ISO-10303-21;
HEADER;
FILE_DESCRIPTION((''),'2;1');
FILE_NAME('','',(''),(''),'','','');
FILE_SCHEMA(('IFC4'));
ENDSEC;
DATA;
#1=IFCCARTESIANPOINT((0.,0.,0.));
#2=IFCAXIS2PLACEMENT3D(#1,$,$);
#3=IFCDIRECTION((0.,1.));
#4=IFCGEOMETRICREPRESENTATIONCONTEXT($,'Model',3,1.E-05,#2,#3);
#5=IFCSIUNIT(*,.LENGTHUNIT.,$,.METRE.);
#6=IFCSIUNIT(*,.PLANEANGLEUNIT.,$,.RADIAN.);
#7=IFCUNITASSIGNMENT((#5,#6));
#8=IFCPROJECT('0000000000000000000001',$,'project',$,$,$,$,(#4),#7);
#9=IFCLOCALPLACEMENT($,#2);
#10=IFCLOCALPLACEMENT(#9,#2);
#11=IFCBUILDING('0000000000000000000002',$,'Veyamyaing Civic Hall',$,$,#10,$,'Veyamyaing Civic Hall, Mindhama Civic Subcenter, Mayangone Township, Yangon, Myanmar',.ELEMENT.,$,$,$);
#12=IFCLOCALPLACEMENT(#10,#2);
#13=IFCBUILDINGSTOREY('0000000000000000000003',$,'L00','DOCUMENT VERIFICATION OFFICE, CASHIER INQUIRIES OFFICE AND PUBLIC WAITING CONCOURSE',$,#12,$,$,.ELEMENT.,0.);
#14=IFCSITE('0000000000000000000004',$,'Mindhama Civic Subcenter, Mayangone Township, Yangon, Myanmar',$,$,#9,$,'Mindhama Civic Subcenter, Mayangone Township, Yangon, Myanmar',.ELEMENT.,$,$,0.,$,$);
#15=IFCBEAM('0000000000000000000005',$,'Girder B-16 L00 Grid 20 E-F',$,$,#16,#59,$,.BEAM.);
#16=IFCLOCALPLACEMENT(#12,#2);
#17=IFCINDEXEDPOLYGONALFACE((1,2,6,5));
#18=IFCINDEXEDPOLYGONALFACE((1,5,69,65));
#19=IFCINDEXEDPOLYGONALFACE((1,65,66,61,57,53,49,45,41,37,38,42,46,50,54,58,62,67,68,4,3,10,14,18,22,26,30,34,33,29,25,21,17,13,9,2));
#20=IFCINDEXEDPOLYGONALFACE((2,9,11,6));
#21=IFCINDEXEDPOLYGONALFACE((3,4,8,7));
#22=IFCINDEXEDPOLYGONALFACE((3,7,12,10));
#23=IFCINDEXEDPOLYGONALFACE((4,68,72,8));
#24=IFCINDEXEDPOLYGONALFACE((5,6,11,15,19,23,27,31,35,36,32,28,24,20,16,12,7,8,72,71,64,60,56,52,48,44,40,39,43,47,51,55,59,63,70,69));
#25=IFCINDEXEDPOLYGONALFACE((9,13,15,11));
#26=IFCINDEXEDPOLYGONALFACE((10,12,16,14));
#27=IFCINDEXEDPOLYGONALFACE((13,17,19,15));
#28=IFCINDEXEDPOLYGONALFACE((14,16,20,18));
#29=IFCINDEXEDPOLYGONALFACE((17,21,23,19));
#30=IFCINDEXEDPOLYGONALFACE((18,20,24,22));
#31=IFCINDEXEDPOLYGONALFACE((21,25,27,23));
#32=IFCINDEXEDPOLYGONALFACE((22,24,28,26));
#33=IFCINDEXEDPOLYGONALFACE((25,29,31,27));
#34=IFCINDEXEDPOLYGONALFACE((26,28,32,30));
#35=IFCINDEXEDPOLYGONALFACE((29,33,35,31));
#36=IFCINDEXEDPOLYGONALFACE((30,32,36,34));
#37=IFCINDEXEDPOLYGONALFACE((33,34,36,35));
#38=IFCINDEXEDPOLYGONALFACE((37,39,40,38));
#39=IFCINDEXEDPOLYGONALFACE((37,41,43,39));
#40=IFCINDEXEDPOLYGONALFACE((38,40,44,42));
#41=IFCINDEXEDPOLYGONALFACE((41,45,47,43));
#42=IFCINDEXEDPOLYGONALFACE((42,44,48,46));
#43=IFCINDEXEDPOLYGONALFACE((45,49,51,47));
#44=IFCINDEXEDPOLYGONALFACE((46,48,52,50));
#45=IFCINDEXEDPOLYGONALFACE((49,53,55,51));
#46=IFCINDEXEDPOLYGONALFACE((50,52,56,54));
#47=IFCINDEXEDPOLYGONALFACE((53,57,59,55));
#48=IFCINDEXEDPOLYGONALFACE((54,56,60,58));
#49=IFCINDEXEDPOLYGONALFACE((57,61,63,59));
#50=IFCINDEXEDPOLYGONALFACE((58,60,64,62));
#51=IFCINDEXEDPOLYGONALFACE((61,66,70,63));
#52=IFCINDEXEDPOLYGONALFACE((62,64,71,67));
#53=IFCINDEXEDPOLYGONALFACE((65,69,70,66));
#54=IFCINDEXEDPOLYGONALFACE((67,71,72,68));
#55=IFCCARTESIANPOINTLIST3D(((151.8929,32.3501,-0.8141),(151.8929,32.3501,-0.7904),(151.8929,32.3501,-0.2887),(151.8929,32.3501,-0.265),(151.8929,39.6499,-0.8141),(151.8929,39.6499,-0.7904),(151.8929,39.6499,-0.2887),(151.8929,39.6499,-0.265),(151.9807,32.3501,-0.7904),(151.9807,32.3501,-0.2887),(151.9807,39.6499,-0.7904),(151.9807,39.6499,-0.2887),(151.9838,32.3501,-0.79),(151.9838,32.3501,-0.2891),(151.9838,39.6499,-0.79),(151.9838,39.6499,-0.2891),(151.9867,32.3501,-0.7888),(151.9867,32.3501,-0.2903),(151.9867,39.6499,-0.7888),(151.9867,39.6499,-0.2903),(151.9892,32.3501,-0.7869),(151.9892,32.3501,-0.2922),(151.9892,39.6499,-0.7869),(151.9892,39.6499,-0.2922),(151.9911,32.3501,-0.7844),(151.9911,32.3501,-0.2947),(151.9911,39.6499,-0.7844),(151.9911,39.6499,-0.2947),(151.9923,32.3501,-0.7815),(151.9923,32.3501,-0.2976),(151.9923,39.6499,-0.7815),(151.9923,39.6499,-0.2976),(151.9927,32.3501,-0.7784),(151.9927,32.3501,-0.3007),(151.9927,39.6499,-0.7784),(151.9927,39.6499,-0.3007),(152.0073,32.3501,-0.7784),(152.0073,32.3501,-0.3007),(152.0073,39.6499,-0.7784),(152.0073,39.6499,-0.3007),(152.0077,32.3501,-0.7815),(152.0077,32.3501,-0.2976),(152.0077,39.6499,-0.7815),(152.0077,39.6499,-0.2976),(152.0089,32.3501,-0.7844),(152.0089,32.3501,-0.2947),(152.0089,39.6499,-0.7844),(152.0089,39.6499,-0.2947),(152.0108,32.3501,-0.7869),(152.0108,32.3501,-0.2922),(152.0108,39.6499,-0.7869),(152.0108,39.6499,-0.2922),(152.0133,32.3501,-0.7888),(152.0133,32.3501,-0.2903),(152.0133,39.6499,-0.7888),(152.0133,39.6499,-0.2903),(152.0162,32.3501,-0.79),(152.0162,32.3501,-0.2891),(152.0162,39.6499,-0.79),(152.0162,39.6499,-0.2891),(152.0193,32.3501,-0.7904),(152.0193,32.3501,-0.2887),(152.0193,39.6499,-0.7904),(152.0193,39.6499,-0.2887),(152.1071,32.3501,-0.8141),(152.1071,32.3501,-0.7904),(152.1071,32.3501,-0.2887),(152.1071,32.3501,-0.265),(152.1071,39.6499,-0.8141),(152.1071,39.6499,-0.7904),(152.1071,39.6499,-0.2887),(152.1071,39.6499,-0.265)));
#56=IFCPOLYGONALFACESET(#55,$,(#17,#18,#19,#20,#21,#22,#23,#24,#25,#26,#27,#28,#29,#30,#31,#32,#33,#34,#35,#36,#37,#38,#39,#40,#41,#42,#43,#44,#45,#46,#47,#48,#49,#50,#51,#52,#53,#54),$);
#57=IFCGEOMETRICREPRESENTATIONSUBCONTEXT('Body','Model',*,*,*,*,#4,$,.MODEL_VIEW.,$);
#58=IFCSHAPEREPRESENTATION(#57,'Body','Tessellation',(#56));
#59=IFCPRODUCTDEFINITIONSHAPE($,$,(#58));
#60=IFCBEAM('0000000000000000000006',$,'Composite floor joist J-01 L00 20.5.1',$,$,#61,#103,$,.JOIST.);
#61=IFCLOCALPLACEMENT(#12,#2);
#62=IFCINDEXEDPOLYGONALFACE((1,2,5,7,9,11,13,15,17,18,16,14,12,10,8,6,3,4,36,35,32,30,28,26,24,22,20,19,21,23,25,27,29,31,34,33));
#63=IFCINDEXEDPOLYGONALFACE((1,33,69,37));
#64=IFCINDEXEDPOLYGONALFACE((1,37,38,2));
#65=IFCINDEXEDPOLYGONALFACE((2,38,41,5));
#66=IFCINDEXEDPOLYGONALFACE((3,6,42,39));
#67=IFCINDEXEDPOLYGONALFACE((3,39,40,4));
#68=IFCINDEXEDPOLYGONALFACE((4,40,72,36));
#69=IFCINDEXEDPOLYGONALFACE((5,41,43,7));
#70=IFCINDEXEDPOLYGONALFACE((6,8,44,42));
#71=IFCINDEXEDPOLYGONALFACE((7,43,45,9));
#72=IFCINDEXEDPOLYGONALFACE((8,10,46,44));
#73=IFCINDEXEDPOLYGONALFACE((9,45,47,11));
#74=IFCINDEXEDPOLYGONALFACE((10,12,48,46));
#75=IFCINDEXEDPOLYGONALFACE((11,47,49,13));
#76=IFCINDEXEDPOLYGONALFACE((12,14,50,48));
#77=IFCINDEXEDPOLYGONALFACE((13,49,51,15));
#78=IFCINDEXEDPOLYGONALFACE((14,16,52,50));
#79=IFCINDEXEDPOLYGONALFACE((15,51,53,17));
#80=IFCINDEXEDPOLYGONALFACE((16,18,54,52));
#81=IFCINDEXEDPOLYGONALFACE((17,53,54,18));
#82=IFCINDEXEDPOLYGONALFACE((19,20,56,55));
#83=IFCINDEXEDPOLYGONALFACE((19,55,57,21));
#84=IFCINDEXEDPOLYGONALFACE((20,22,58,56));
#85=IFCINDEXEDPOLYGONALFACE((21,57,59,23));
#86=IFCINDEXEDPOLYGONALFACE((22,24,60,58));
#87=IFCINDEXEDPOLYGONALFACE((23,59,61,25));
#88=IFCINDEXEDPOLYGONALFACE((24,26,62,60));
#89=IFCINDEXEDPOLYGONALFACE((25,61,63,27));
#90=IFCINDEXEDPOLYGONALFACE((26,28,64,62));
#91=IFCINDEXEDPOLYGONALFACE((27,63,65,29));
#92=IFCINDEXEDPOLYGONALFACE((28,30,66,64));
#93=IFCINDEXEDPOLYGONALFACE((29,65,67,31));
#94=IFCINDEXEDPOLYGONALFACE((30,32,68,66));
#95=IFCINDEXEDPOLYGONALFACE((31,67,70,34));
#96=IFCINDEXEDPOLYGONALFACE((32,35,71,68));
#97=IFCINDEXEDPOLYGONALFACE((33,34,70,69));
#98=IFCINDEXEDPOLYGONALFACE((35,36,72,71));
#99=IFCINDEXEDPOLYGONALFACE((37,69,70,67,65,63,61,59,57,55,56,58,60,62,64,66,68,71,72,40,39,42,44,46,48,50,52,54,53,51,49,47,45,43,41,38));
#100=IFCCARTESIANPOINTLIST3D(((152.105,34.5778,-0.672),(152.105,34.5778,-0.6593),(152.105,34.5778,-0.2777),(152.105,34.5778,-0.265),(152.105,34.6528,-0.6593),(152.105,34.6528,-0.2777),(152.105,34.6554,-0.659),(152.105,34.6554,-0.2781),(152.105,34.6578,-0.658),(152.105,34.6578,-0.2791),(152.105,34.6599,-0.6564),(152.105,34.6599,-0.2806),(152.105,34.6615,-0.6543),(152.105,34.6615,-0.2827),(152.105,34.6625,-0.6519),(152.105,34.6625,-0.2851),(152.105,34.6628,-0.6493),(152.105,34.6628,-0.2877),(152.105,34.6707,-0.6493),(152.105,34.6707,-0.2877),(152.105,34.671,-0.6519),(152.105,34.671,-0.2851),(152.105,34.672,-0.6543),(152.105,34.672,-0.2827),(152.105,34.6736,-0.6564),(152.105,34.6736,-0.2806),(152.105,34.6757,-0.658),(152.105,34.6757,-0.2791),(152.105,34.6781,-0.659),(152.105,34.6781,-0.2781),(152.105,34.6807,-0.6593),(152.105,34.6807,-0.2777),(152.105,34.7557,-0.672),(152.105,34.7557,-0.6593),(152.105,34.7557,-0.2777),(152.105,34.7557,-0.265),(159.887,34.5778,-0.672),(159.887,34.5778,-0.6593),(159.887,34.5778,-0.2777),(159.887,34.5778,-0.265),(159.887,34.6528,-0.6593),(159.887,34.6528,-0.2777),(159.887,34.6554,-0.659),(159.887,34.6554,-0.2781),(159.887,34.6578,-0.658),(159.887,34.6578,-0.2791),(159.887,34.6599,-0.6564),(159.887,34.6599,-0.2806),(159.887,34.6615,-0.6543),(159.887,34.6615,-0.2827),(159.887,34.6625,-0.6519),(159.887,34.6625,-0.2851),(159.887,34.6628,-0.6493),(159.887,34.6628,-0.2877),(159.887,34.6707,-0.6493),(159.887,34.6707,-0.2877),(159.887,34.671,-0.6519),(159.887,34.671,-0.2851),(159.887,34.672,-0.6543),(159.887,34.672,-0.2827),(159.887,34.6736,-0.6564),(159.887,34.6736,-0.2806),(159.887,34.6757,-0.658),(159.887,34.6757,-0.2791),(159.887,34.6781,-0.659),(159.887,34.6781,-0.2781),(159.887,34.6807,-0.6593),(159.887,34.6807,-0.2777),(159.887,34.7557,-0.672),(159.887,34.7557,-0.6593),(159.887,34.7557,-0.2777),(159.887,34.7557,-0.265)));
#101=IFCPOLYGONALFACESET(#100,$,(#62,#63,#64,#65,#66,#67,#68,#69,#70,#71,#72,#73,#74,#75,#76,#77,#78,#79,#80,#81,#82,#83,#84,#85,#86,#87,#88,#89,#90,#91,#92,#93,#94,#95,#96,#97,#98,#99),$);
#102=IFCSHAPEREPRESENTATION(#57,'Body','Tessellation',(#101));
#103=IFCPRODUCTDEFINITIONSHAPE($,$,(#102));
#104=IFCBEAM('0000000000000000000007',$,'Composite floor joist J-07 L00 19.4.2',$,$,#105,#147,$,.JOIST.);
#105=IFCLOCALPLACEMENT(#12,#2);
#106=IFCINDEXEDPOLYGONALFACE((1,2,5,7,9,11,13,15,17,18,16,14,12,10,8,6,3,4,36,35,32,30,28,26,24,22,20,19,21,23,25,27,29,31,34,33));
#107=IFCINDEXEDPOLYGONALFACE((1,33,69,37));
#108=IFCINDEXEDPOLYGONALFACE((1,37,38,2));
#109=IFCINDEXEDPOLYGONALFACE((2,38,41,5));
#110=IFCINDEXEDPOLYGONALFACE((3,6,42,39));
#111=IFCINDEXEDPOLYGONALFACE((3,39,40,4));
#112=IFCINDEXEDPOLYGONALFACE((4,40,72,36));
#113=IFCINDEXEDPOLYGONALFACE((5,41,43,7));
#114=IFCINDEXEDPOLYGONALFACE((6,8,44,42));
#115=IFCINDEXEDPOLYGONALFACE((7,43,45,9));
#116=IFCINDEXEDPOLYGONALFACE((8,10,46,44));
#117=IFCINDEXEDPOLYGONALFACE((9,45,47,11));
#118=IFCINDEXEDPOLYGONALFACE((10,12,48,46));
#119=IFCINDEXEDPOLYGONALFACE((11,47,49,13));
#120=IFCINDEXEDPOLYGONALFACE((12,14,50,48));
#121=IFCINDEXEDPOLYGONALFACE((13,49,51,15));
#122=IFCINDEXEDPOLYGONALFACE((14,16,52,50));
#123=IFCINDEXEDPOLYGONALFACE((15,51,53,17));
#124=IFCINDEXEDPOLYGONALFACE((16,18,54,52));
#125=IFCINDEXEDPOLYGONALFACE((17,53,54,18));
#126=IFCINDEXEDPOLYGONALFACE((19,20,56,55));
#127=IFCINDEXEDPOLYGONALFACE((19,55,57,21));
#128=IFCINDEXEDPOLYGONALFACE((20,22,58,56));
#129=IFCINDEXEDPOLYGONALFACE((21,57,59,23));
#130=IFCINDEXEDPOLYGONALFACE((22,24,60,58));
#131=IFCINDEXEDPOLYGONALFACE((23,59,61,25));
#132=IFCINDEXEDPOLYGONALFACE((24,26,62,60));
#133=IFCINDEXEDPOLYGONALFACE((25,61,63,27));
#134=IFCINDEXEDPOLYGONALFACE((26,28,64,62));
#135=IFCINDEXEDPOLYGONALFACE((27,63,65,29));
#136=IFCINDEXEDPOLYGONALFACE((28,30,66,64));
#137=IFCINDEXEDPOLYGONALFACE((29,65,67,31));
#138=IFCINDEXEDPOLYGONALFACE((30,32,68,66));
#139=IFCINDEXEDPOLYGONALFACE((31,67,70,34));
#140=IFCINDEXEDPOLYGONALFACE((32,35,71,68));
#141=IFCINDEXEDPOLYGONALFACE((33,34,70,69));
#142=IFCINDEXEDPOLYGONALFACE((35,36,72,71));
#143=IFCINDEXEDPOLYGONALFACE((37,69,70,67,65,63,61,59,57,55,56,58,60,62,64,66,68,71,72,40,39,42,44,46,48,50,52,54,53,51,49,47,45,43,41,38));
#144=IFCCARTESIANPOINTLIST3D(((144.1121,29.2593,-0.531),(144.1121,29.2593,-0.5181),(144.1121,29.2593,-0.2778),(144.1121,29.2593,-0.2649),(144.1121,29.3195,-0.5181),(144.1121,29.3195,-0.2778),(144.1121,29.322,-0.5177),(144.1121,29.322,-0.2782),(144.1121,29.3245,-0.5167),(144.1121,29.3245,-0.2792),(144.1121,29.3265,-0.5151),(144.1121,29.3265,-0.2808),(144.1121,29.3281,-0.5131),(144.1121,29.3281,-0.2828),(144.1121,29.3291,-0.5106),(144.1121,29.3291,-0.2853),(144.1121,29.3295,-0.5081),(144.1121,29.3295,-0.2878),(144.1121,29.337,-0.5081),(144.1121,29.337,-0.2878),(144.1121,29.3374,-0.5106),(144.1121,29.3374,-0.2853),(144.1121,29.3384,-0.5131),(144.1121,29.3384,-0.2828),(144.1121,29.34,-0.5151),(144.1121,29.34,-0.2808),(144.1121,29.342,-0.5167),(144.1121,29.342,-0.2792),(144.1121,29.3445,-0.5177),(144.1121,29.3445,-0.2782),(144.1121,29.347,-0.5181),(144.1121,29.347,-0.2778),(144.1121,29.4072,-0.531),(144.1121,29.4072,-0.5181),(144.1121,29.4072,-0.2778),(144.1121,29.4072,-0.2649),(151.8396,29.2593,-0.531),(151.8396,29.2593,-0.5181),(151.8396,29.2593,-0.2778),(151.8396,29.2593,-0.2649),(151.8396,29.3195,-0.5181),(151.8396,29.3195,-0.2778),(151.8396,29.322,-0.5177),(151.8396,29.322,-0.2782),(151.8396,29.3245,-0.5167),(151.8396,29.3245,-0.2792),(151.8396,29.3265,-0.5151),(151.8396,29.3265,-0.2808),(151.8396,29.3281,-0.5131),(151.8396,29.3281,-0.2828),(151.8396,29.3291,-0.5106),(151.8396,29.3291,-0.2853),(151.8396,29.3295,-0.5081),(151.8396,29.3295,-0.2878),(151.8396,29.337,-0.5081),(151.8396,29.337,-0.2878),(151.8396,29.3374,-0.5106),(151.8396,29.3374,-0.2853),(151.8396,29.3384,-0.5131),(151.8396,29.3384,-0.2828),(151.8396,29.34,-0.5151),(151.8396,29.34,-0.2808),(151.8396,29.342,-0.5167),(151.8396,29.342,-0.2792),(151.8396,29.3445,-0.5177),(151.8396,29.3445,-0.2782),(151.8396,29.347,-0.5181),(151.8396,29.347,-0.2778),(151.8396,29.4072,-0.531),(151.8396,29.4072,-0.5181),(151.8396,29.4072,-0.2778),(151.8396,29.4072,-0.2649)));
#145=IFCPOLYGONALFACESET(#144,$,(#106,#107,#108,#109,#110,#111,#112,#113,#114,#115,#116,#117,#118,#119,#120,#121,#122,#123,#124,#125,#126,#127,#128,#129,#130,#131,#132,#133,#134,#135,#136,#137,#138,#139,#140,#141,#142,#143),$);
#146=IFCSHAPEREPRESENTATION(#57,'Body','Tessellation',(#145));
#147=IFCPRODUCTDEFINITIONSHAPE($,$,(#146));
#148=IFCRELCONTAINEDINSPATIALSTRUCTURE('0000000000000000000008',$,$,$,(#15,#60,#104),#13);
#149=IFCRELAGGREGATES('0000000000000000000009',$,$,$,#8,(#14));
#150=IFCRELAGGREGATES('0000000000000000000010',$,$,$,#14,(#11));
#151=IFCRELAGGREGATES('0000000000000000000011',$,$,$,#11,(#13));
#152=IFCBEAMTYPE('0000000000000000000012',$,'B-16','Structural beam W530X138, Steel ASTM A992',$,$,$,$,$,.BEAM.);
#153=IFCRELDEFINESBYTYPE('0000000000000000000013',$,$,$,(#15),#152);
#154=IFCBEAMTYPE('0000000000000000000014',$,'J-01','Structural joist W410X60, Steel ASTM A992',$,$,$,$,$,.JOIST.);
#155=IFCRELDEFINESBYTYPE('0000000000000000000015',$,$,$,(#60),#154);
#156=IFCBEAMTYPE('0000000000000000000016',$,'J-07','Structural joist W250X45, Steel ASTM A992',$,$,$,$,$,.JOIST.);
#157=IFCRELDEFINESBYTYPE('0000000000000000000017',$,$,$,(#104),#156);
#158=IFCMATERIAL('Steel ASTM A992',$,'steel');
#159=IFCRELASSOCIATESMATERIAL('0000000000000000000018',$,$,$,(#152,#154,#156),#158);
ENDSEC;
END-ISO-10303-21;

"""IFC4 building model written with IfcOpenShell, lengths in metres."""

from ifc_helpers import new_model, si_unit, direction, frame, origin, origin_2d, place, context, subcontext, project, spatial, i_section, extrude, material, material_profile, profile_set, type_object, element, save


model = new_model("IFC4")

# Units and contexts
model_context = context("Model", 3, precision=1e-05, world=origin(), true_north=direction((0.0, 1.0)))
body_context = subcontext(model_context, "Body", "Model", "MODEL_VIEW")
ifc_project = project(units=[si_unit("LENGTHUNIT", "METRE"), si_unit("PLANEANGLEUNIT", "RADIAN")], contexts=[model_context])

# Site, building, storey
site_placement = place(None, origin())
site = spatial("IfcSite", under=ifc_project, at=site_placement, Name="Mindhama Civic Subcenter, Mayangone Township, Yangon, Myanmar", LongName="Mindhama Civic Subcenter, Mayangone Township, Yangon, Myanmar", CompositionType="ELEMENT", RefElevation=0.0)
building_placement = place(site_placement, origin())
building = spatial("IfcBuilding", under=site, at=building_placement, Name="Veyamyaing Civic Hall", LongName="Veyamyaing Civic Hall, Mindhama Civic Subcenter, Mayangone Township, Yangon, Myanmar", CompositionType="ELEMENT")
storey_placement = place(building_placement, origin())
storey = spatial("IfcBuildingStorey", under=building, at=storey_placement, Name="L00", Description="DOCUMENT VERIFICATION OFFICE, CASHIER INQUIRIES OFFICE AND PUBLIC WAITING CONCOURSE", CompositionType="ELEMENT", Elevation=0.0)

# Beams
ifc_material_1 = material(Name="Steel ASTM A992", Category="steel")
ifc_material_profile_1 = material_profile(ifc_material_1, i_section(OverallWidth=0.2141, OverallDepth=0.5491, WebThickness=0.0146, FlangeThickness=0.0237, FilletRadius=0.012, at=origin_2d()), Name="W530X138")
ifc_profile_set_1 = profile_set([ifc_material_profile_1], Name="Steel ASTM A992")
beam_type_1 = type_object("IfcBeamType", Name="B-16", Description="Structural beam W530X138, Steel ASTM A992", PredefinedType="BEAM", material=ifc_profile_set_1)
beam_1_placement = place(storey_placement, frame((152.0, 32.3501, -0.5396), z_axis=(0.0, 1.0, 0.0), x_axis=(-1.0, 0.0, 0.0)))
element("IfcBeam", 1, at=beam_1_placement, inside=storey, type_object=beam_type_1, Name="Girder B-16 L00 Grid 20 E-F", PredefinedType="BEAM", context=body_context, shape_type="SweptSolid", body=[
    extrude(i_section(OverallWidth=0.2141, OverallDepth=0.5491, WebThickness=0.0146, FlangeThickness=0.0237, FilletRadius=0.012, at=origin_2d()), origin(), (0.0, 0.0, 1.0), 7.2998),
])
ifc_material_profile_2 = material_profile(ifc_material_1, i_section(OverallWidth=0.178, OverallDepth=0.407, WebThickness=0.0078, FlangeThickness=0.0127, FilletRadius=0.01, at=origin_2d()), Name="W410X60")
ifc_profile_set_2 = profile_set([ifc_material_profile_2], Name="Steel ASTM A992")
beam_type_2 = type_object("IfcBeamType", Name="J-01", Description="Structural joist W410X60, Steel ASTM A992", PredefinedType="JOIST", material=ifc_profile_set_2)
beam_2_placement = place(storey_placement, frame((152.105, 34.6667, -0.4685), z_axis=(1.0, 0.0, 0.0), x_axis=(0.0, 1.0, 0.0)))
element("IfcBeam", 2, at=beam_2_placement, inside=storey, type_object=beam_type_2, Name="Composite floor joist J-01 L00 20.5.1", PredefinedType="JOIST", context=body_context, shape_type="SweptSolid", body=[
    extrude(i_section(OverallWidth=0.178, OverallDepth=0.407, WebThickness=0.0078, FlangeThickness=0.0127, FilletRadius=0.01, at=origin_2d()), origin(), (0.0, 0.0, 1.0), 7.782),
])
ifc_material_profile_3 = material_profile(ifc_material_1, i_section(OverallWidth=0.1479, OverallDepth=0.2661, WebThickness=0.0076, FlangeThickness=0.0129, FilletRadius=0.01, at=origin_2d()), Name="W250X45")
ifc_profile_set_3 = profile_set([ifc_material_profile_3], Name="Steel ASTM A992")
beam_type_3 = type_object("IfcBeamType", Name="J-07", Description="Structural joist W250X45, Steel ASTM A992", PredefinedType="JOIST", material=ifc_profile_set_3)
beam_3_placement = place(storey_placement, frame((144.1121, 29.3333, -0.3979), z_axis=(1.0, 0.0, 0.0), x_axis=(0.0, 1.0, 0.0)))
element("IfcBeam", 3, at=beam_3_placement, inside=storey, type_object=beam_type_3, Name="Composite floor joist J-07 L00 19.4.2", PredefinedType="JOIST", context=body_context, shape_type="SweptSolid", body=[
    extrude(i_section(OverallWidth=0.1479, OverallDepth=0.2661, WebThickness=0.0076, FlangeThickness=0.0129, FilletRadius=0.01, at=origin_2d()), origin(), (0.0, 0.0, 1.0), 7.7275),
])

save(model, "model.ifc")
